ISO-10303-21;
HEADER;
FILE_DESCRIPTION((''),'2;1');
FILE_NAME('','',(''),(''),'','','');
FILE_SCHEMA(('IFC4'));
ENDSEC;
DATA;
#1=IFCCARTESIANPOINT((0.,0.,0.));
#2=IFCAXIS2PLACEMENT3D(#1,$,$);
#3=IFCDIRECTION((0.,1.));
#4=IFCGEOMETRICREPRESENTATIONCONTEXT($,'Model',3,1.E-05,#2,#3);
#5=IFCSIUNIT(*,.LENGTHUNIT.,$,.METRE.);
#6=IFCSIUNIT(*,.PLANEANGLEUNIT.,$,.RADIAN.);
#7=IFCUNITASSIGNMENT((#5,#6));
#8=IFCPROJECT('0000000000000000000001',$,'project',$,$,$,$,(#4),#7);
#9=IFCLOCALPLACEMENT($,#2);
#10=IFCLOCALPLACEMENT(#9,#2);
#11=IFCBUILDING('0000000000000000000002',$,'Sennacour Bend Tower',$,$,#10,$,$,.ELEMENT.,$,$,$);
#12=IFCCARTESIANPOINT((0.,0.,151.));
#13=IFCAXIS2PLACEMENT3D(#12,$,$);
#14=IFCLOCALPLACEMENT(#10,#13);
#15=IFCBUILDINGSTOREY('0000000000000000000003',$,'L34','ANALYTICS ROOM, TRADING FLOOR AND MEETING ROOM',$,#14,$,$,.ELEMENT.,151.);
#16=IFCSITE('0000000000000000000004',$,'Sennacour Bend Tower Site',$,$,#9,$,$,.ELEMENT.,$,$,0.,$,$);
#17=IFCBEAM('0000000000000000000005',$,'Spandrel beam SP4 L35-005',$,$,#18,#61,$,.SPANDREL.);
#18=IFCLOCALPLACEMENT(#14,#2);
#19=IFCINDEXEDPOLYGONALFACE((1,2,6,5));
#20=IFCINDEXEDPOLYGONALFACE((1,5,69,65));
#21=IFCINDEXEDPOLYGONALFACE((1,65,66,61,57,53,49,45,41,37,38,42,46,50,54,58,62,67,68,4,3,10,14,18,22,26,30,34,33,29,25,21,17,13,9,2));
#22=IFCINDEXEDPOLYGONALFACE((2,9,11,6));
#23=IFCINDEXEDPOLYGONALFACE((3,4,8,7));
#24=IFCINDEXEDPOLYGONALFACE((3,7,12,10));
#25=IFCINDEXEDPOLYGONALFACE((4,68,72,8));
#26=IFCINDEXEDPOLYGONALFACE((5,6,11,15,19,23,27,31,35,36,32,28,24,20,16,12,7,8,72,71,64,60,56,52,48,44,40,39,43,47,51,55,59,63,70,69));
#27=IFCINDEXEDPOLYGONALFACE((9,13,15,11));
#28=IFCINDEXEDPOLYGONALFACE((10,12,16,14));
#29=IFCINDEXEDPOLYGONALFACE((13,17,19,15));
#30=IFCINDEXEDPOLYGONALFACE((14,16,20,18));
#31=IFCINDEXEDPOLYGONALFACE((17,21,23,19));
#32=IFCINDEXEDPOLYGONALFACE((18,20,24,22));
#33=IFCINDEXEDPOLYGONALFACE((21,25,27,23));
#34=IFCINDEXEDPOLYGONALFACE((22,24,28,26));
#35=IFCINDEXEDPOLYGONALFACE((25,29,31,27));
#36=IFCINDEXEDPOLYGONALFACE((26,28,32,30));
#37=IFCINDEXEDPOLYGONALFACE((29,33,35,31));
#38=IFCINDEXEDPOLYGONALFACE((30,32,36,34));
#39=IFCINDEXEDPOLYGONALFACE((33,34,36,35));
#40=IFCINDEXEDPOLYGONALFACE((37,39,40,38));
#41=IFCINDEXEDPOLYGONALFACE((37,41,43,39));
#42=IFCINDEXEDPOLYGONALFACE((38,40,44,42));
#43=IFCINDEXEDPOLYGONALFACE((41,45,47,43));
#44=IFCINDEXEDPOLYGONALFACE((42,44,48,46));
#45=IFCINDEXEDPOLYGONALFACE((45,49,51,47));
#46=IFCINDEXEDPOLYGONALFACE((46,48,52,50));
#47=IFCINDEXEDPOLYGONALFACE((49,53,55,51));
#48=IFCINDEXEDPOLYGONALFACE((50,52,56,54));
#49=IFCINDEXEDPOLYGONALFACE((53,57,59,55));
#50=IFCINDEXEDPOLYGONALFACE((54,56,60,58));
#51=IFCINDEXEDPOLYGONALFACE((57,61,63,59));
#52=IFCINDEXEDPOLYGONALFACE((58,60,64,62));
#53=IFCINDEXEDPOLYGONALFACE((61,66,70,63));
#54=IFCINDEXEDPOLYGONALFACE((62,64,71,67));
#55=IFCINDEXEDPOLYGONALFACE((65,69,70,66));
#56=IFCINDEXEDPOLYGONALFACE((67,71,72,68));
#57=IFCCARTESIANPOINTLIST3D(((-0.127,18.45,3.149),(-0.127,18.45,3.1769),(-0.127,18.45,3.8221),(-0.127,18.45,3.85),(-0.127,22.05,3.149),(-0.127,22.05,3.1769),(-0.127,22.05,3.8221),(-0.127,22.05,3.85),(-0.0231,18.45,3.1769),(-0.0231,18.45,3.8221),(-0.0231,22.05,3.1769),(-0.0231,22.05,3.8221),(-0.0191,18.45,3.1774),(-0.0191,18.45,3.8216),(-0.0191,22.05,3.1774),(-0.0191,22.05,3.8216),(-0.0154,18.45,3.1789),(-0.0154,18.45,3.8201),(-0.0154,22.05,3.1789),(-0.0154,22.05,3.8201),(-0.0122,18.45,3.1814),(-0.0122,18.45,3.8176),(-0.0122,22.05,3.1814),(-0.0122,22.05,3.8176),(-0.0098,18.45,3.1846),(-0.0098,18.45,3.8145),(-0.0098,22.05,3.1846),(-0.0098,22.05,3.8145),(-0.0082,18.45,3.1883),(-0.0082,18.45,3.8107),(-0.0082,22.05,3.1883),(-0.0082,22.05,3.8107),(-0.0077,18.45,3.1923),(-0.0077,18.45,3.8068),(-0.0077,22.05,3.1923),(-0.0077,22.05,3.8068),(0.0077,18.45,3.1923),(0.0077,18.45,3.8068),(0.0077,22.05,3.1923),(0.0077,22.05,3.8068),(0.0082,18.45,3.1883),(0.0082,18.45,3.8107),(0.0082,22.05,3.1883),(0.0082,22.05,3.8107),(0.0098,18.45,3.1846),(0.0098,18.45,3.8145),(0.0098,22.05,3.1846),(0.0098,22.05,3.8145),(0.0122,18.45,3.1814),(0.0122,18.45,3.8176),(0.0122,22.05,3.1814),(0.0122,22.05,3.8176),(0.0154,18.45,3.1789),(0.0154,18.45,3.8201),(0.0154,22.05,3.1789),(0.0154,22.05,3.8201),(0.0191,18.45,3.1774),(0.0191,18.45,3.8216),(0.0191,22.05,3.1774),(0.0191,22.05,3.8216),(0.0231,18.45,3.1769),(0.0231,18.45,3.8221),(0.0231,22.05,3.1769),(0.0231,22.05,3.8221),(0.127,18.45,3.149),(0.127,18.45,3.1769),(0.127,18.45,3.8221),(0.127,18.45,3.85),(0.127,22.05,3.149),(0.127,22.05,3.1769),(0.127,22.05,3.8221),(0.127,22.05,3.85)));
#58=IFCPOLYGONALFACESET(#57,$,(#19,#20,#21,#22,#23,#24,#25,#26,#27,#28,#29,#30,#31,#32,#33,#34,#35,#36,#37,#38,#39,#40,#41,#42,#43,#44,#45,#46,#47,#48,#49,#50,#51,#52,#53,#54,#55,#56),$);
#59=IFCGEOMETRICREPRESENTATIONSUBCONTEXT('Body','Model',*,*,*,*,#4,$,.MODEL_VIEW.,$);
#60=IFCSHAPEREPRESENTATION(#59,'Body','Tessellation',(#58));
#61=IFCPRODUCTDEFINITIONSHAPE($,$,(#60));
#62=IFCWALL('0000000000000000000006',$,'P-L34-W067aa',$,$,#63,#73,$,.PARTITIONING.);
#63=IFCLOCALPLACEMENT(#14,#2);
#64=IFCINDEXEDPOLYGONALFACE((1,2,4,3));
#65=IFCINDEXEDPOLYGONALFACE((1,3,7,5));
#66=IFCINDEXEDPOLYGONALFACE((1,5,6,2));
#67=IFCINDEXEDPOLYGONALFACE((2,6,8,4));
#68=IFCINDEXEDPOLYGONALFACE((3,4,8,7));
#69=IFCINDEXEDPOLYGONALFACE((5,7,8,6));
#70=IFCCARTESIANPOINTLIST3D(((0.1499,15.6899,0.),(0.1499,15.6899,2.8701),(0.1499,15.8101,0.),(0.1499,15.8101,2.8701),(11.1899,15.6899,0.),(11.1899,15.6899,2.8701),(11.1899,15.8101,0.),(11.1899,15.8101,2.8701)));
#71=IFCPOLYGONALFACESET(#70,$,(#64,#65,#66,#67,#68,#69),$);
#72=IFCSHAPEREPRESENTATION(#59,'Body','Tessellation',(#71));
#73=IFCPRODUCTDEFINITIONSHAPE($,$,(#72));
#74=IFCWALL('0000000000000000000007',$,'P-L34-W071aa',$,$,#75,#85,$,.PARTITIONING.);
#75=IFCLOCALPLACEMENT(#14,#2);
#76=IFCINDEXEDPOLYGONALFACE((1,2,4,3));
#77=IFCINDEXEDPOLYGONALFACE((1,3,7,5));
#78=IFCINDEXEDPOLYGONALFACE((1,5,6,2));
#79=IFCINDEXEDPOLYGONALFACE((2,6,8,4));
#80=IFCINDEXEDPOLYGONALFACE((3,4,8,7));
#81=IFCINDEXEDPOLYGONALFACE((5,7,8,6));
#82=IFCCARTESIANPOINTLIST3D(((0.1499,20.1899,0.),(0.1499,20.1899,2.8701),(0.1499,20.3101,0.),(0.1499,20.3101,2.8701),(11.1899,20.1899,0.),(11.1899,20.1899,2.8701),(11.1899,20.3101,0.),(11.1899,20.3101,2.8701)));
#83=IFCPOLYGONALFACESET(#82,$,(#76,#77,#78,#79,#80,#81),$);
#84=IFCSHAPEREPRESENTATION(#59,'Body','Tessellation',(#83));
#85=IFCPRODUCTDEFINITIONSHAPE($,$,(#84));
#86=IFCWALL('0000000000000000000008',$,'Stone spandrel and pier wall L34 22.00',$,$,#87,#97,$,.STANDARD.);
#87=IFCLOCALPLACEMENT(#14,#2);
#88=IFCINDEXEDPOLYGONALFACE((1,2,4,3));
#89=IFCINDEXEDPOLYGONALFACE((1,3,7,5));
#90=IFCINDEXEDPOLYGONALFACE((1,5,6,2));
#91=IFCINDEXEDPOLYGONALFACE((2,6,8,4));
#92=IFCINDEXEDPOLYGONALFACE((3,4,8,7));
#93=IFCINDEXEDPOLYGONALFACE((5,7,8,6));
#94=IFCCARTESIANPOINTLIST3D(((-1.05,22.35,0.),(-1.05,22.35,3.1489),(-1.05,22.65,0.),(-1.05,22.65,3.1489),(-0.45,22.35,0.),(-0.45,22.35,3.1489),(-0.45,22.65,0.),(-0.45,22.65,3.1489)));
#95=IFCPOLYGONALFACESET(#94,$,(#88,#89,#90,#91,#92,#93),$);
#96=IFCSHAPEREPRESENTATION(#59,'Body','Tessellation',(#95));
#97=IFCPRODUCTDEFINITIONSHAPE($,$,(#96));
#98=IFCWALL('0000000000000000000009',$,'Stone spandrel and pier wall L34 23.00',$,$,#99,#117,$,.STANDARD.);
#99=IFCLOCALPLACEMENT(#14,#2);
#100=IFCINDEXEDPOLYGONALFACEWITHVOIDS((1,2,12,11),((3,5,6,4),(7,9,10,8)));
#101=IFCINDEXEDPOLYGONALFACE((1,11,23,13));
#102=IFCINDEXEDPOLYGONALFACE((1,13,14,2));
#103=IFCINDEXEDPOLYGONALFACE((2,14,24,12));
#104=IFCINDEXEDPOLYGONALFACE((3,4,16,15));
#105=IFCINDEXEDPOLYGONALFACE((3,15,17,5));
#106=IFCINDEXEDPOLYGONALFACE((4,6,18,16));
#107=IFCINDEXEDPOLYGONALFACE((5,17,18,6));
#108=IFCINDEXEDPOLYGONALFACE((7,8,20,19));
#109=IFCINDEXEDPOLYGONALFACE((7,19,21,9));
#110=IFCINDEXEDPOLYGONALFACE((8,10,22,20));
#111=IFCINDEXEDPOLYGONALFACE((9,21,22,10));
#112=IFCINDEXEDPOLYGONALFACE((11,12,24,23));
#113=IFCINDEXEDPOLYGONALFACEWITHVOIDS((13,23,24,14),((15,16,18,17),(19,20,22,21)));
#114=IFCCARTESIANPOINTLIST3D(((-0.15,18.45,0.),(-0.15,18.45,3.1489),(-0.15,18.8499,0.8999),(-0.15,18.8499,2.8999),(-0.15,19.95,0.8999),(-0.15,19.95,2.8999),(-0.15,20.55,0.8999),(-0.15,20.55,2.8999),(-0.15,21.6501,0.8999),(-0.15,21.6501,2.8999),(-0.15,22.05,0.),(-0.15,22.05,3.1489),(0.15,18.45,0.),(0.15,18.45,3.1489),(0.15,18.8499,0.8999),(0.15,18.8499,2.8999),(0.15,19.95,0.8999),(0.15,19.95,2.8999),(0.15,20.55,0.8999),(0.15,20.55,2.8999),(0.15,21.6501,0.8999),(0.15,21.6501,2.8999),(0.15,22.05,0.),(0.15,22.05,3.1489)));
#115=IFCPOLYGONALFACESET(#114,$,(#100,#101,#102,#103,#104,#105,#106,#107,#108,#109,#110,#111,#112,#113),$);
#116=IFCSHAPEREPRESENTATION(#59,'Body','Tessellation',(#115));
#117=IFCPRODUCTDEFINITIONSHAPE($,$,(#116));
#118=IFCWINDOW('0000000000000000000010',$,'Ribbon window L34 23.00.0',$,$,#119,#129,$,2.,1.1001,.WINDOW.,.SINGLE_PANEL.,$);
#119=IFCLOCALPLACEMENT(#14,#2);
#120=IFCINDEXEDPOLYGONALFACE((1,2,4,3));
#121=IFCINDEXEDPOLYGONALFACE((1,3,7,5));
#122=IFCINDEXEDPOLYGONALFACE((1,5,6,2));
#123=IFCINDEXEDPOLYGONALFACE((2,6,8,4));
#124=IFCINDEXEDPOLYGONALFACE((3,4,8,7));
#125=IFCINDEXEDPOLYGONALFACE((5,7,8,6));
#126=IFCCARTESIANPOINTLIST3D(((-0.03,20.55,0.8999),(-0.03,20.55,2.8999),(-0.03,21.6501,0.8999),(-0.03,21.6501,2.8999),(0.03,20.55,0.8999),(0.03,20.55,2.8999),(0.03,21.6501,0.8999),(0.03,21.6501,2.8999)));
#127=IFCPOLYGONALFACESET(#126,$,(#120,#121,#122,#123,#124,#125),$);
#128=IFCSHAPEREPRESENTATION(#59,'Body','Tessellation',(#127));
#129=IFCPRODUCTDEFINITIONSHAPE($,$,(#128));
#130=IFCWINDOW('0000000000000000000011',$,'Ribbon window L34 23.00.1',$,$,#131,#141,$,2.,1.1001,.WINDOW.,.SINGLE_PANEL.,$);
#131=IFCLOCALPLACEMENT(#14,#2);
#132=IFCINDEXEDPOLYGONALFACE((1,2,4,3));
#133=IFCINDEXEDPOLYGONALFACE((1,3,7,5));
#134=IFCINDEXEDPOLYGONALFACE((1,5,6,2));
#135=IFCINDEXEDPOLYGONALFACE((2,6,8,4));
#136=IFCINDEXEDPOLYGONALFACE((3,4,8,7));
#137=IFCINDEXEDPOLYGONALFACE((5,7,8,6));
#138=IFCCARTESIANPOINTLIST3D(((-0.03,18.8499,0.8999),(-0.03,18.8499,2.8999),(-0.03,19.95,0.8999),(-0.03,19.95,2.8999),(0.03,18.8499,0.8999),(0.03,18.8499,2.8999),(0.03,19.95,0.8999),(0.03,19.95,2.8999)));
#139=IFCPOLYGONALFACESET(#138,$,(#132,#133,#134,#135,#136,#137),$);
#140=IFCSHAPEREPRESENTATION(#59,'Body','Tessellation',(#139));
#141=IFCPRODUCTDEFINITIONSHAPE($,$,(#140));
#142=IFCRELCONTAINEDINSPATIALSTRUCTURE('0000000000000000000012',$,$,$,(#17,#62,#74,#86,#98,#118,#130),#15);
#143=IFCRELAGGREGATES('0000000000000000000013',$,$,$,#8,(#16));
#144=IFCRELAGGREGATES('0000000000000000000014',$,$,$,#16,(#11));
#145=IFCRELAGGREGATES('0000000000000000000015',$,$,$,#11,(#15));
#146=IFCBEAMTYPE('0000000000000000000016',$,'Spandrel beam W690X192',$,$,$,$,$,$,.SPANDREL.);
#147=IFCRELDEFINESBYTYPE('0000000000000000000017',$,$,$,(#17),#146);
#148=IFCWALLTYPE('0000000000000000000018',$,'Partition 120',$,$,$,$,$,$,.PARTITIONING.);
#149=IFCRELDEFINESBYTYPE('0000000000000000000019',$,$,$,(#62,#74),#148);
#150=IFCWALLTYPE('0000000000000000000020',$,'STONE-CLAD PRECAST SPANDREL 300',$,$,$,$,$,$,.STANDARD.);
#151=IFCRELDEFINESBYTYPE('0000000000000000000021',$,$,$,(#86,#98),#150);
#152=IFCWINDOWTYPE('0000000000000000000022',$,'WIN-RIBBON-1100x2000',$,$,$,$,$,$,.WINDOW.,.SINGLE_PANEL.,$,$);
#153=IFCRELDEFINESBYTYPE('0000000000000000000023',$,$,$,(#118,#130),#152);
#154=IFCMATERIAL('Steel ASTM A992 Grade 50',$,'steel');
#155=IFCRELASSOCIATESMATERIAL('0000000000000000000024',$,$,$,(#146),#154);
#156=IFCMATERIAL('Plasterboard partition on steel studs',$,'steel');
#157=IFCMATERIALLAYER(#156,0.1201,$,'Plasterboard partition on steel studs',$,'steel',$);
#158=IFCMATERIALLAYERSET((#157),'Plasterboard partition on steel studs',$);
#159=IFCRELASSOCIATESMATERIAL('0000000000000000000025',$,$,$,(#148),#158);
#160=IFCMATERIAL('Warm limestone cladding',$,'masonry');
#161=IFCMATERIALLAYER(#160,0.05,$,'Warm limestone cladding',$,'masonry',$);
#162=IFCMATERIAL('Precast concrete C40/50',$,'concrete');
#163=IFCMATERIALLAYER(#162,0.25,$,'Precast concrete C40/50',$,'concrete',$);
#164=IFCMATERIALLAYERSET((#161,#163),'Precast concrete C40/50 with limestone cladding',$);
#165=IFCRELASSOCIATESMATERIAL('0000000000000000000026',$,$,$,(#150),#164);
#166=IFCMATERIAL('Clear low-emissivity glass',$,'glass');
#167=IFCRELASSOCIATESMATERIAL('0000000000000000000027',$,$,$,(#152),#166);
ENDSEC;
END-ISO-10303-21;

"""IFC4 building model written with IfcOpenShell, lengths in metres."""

from ifc_helpers import new_model, si_unit, direction, frame, frame_2d, origin, origin_2d, place, context, subcontext, project, spatial, rectangle, i_section, extrude, material, layer, layer_set, material_profile, profile_set, type_object, element, fill, save


model = new_model("IFC4")

# Units and contexts
model_context = context("Model", 3, precision=1e-05, world=origin(), true_north=direction((0.0, 1.0)))
body_context = subcontext(model_context, "Body", "Model", "MODEL_VIEW")
ifc_project = project(units=[si_unit("LENGTHUNIT", "METRE"), si_unit("PLANEANGLEUNIT", "RADIAN")], contexts=[model_context])

# Site, building, storey
site_placement = place(None, origin())
site = spatial("IfcSite", under=ifc_project, at=site_placement, Name="Sennacour Bend Tower Site", CompositionType="ELEMENT", RefElevation=0.0)
building_placement = place(site_placement, origin())
building = spatial("IfcBuilding", under=site, at=building_placement, Name="Sennacour Bend Tower", CompositionType="ELEMENT")
storey_placement = place(building_placement, frame((0.0, 0.0, 151.0)))
storey = spatial("IfcBuildingStorey", under=building, at=storey_placement, Name="L34", Description="ANALYTICS ROOM, TRADING FLOOR AND MEETING ROOM", CompositionType="ELEMENT", Elevation=151.0)

# Beam
ifc_material_1 = material(Name="Steel ASTM A992 Grade 50", Category="steel")
ifc_material_profile_1 = material_profile(ifc_material_1, i_section(OverallWidth=0.2539, OverallDepth=0.7009, WebThickness=0.0154, FlangeThickness=0.0278, FilletRadius=0.0154, at=origin_2d()), Name="Steel ASTM A992 Grade 50", Category="steel")
ifc_profile_set_1 = profile_set([ifc_material_profile_1], Name="Steel ASTM A992 Grade 50")
beam_type_1 = type_object("IfcBeamType", Name="Spandrel beam W690X192", PredefinedType="SPANDREL", material=ifc_profile_set_1)
for number, where, z_axis, x_axis, name in (
    (1, (0.0, 18.45, 3.4995), (0.0, 1.0, 0.0), (-1.0, 0.0, 0.0), "Spandrel beam SP4 L35-005"),
):
    element("IfcBeam", number, at=place(storey_placement, frame(where, z_axis=z_axis, x_axis=x_axis)), inside=storey, type_object=beam_type_1, Name=name, PredefinedType="SPANDREL", context=body_context, shape_type="SweptSolid", body=[
        extrude(i_section(OverallWidth=0.2539, OverallDepth=0.7009, WebThickness=0.0154, FlangeThickness=0.0278, FilletRadius=0.0154, at=origin_2d()), origin(), (0.0, 0.0, 1.0), 3.6001),
    ])

# Walls
ifc_material_2 = material(Name="Plasterboard partition on steel studs", Category="steel")
ifc_layer_1 = layer(ifc_material_2, 0.1201, Name="Plasterboard partition on steel studs", Category="steel")
ifc_layer_set_1 = layer_set([ifc_layer_1], Name="Plasterboard partition on steel studs")
wall_type_1 = type_object("IfcWallType", Name="Partition 120", PredefinedType="PARTITIONING", material=ifc_layer_set_1)
for number, where, z_axis, x_axis, name in (
    (2, (0.1499, 15.75, 0.0), (0.0, 0.0, 1.0), (1.0, 0.0, 0.0), "P-L34-W067aa"),
    (3, (0.1499, 20.25, 0.0), (0.0, 0.0, 1.0), (1.0, 0.0, 0.0), "P-L34-W071aa"),
):
    element("IfcWall", number, at=place(storey_placement, frame(where, z_axis=z_axis, x_axis=x_axis)), inside=storey, type_object=wall_type_1, Name=name, PredefinedType="PARTITIONING", context=body_context, shape_type="SweptSolid", body=[
        extrude(rectangle(XDim=11.04, YDim=0.1201, at=frame_2d((5.52, 0.0))), origin(), (0.0, 0.0, 1.0), 2.8701),
    ])
ifc_material_3 = material(Name="Warm limestone cladding", Category="masonry")
ifc_layer_2 = layer(ifc_material_3, 0.05, Name="Warm limestone cladding", Category="masonry")
ifc_material_4 = material(Name="Precast concrete C40/50", Category="concrete")
ifc_layer_3 = layer(ifc_material_4, 0.25, Name="Precast concrete C40/50", Category="concrete")
ifc_layer_set_2 = layer_set([ifc_layer_2, ifc_layer_3], Name="Precast concrete C40/50 with limestone cladding")
wall_type_2 = type_object("IfcWallType", Name="STONE-CLAD PRECAST SPANDREL 300", PredefinedType="STANDARD", material=ifc_layer_set_2)
wall_1_placement = place(storey_placement, frame((-1.05, 22.5, 0.0), z_axis=(0.0, 0.0, 1.0), x_axis=(1.0, 0.0, 0.0)))
element("IfcWall", 4, at=wall_1_placement, inside=storey, type_object=wall_type_2, Name="Stone spandrel and pier wall L34 22.00", PredefinedType="STANDARD", context=body_context, shape_type="SweptSolid", body=[
    extrude(rectangle(XDim=0.6001, YDim=0.3, at=frame_2d((0.3, 0.0))), origin(), (0.0, 0.0, 1.0), 3.1489),
])

# Wall, openings, windows
wall_2_placement = place(storey_placement, frame((0.0, 22.05, 0.0), z_axis=(0.0, 0.0, 1.0), x_axis=(0.0, -1.0, 0.0)))
wall_2 = element("IfcWall", 5, at=wall_2_placement, inside=storey, type_object=wall_type_2, Name="Stone spandrel and pier wall L34 23.00", PredefinedType="STANDARD", context=body_context, shape_type="SweptSolid", body=[
    extrude(rectangle(XDim=3.6001, YDim=0.3, at=frame_2d((1.8, 0.0))), origin(), (0.0, 0.0, 1.0), 3.1489),
])
opening_1_placement = place(wall_2_placement, frame((0.3999, 0.0, 0.8999)))
opening_1 = element("IfcOpeningElement", 6, at=opening_1_placement, cuts=wall_2, PredefinedType="OPENING", context=body_context, shape_type="SweptSolid", body=[
    extrude(rectangle(XDim=1.1001, YDim=2.0, at=frame_2d((0.55, 1.0))), frame((0.0, 0.1602, 0.0), z_axis=(0.0, -1.0, 0.0), x_axis=(1.0, 0.0, 0.0)), (0.0, 0.0, 1.0), 0.3201),
])
opening_2_placement = place(wall_2_placement, frame((2.1001, 0.0, 0.8999)))
opening_2 = element("IfcOpeningElement", 7, at=opening_2_placement, cuts=wall_2, PredefinedType="OPENING", context=body_context, shape_type="SweptSolid", body=[
    extrude(rectangle(XDim=1.1001, YDim=2.0, at=frame_2d((0.55, 1.0))), frame((0.0, 0.1602, 0.0), z_axis=(0.0, -1.0, 0.0), x_axis=(1.0, 0.0, 0.0)), (0.0, 0.0, 1.0), 0.3201),
])
ifc_material_5 = material(Name="Clear low-emissivity glass", Category="glass")
window_type = type_object("IfcWindowType", Name="WIN-RIBBON-1100x2000", PartitioningType="SINGLE_PANEL", PredefinedType="WINDOW", material=ifc_material_5)
window_1_placement = place(opening_1_placement, origin())
window_1 = element("IfcWindow", 8, at=window_1_placement, inside=storey, type_object=window_type, Name="Ribbon window L34 23.00.0", OverallHeight=2.0, OverallWidth=1.1001, PartitioningType="SINGLE_PANEL", PredefinedType="WINDOW", context=body_context, shape_type="SweptSolid", body=[
    extrude(rectangle(XDim=1.1001, YDim=2.0, at=frame_2d((0.55, 1.0))), frame((0.0, 0.03, 0.0), z_axis=(0.0, -1.0, 0.0), x_axis=(1.0, 0.0, 0.0)), (0.0, 0.0, 1.0), 0.0601),
])
fill(opening_1, window_1)
window_2_placement = place(opening_2_placement, origin())
window_2 = element("IfcWindow", 9, at=window_2_placement, inside=storey, type_object=window_type, Name="Ribbon window L34 23.00.1", OverallHeight=2.0, OverallWidth=1.1001, PartitioningType="SINGLE_PANEL", PredefinedType="WINDOW", context=body_context, shape_type="SweptSolid", body=[
    extrude(rectangle(XDim=1.1001, YDim=2.0, at=frame_2d((0.55, 1.0))), frame((0.0, 0.03, 0.0), z_axis=(0.0, -1.0, 0.0), x_axis=(1.0, 0.0, 0.0)), (0.0, 0.0, 1.0), 0.0601),
])
fill(opening_2, window_2)

save(model, "model.ifc")
